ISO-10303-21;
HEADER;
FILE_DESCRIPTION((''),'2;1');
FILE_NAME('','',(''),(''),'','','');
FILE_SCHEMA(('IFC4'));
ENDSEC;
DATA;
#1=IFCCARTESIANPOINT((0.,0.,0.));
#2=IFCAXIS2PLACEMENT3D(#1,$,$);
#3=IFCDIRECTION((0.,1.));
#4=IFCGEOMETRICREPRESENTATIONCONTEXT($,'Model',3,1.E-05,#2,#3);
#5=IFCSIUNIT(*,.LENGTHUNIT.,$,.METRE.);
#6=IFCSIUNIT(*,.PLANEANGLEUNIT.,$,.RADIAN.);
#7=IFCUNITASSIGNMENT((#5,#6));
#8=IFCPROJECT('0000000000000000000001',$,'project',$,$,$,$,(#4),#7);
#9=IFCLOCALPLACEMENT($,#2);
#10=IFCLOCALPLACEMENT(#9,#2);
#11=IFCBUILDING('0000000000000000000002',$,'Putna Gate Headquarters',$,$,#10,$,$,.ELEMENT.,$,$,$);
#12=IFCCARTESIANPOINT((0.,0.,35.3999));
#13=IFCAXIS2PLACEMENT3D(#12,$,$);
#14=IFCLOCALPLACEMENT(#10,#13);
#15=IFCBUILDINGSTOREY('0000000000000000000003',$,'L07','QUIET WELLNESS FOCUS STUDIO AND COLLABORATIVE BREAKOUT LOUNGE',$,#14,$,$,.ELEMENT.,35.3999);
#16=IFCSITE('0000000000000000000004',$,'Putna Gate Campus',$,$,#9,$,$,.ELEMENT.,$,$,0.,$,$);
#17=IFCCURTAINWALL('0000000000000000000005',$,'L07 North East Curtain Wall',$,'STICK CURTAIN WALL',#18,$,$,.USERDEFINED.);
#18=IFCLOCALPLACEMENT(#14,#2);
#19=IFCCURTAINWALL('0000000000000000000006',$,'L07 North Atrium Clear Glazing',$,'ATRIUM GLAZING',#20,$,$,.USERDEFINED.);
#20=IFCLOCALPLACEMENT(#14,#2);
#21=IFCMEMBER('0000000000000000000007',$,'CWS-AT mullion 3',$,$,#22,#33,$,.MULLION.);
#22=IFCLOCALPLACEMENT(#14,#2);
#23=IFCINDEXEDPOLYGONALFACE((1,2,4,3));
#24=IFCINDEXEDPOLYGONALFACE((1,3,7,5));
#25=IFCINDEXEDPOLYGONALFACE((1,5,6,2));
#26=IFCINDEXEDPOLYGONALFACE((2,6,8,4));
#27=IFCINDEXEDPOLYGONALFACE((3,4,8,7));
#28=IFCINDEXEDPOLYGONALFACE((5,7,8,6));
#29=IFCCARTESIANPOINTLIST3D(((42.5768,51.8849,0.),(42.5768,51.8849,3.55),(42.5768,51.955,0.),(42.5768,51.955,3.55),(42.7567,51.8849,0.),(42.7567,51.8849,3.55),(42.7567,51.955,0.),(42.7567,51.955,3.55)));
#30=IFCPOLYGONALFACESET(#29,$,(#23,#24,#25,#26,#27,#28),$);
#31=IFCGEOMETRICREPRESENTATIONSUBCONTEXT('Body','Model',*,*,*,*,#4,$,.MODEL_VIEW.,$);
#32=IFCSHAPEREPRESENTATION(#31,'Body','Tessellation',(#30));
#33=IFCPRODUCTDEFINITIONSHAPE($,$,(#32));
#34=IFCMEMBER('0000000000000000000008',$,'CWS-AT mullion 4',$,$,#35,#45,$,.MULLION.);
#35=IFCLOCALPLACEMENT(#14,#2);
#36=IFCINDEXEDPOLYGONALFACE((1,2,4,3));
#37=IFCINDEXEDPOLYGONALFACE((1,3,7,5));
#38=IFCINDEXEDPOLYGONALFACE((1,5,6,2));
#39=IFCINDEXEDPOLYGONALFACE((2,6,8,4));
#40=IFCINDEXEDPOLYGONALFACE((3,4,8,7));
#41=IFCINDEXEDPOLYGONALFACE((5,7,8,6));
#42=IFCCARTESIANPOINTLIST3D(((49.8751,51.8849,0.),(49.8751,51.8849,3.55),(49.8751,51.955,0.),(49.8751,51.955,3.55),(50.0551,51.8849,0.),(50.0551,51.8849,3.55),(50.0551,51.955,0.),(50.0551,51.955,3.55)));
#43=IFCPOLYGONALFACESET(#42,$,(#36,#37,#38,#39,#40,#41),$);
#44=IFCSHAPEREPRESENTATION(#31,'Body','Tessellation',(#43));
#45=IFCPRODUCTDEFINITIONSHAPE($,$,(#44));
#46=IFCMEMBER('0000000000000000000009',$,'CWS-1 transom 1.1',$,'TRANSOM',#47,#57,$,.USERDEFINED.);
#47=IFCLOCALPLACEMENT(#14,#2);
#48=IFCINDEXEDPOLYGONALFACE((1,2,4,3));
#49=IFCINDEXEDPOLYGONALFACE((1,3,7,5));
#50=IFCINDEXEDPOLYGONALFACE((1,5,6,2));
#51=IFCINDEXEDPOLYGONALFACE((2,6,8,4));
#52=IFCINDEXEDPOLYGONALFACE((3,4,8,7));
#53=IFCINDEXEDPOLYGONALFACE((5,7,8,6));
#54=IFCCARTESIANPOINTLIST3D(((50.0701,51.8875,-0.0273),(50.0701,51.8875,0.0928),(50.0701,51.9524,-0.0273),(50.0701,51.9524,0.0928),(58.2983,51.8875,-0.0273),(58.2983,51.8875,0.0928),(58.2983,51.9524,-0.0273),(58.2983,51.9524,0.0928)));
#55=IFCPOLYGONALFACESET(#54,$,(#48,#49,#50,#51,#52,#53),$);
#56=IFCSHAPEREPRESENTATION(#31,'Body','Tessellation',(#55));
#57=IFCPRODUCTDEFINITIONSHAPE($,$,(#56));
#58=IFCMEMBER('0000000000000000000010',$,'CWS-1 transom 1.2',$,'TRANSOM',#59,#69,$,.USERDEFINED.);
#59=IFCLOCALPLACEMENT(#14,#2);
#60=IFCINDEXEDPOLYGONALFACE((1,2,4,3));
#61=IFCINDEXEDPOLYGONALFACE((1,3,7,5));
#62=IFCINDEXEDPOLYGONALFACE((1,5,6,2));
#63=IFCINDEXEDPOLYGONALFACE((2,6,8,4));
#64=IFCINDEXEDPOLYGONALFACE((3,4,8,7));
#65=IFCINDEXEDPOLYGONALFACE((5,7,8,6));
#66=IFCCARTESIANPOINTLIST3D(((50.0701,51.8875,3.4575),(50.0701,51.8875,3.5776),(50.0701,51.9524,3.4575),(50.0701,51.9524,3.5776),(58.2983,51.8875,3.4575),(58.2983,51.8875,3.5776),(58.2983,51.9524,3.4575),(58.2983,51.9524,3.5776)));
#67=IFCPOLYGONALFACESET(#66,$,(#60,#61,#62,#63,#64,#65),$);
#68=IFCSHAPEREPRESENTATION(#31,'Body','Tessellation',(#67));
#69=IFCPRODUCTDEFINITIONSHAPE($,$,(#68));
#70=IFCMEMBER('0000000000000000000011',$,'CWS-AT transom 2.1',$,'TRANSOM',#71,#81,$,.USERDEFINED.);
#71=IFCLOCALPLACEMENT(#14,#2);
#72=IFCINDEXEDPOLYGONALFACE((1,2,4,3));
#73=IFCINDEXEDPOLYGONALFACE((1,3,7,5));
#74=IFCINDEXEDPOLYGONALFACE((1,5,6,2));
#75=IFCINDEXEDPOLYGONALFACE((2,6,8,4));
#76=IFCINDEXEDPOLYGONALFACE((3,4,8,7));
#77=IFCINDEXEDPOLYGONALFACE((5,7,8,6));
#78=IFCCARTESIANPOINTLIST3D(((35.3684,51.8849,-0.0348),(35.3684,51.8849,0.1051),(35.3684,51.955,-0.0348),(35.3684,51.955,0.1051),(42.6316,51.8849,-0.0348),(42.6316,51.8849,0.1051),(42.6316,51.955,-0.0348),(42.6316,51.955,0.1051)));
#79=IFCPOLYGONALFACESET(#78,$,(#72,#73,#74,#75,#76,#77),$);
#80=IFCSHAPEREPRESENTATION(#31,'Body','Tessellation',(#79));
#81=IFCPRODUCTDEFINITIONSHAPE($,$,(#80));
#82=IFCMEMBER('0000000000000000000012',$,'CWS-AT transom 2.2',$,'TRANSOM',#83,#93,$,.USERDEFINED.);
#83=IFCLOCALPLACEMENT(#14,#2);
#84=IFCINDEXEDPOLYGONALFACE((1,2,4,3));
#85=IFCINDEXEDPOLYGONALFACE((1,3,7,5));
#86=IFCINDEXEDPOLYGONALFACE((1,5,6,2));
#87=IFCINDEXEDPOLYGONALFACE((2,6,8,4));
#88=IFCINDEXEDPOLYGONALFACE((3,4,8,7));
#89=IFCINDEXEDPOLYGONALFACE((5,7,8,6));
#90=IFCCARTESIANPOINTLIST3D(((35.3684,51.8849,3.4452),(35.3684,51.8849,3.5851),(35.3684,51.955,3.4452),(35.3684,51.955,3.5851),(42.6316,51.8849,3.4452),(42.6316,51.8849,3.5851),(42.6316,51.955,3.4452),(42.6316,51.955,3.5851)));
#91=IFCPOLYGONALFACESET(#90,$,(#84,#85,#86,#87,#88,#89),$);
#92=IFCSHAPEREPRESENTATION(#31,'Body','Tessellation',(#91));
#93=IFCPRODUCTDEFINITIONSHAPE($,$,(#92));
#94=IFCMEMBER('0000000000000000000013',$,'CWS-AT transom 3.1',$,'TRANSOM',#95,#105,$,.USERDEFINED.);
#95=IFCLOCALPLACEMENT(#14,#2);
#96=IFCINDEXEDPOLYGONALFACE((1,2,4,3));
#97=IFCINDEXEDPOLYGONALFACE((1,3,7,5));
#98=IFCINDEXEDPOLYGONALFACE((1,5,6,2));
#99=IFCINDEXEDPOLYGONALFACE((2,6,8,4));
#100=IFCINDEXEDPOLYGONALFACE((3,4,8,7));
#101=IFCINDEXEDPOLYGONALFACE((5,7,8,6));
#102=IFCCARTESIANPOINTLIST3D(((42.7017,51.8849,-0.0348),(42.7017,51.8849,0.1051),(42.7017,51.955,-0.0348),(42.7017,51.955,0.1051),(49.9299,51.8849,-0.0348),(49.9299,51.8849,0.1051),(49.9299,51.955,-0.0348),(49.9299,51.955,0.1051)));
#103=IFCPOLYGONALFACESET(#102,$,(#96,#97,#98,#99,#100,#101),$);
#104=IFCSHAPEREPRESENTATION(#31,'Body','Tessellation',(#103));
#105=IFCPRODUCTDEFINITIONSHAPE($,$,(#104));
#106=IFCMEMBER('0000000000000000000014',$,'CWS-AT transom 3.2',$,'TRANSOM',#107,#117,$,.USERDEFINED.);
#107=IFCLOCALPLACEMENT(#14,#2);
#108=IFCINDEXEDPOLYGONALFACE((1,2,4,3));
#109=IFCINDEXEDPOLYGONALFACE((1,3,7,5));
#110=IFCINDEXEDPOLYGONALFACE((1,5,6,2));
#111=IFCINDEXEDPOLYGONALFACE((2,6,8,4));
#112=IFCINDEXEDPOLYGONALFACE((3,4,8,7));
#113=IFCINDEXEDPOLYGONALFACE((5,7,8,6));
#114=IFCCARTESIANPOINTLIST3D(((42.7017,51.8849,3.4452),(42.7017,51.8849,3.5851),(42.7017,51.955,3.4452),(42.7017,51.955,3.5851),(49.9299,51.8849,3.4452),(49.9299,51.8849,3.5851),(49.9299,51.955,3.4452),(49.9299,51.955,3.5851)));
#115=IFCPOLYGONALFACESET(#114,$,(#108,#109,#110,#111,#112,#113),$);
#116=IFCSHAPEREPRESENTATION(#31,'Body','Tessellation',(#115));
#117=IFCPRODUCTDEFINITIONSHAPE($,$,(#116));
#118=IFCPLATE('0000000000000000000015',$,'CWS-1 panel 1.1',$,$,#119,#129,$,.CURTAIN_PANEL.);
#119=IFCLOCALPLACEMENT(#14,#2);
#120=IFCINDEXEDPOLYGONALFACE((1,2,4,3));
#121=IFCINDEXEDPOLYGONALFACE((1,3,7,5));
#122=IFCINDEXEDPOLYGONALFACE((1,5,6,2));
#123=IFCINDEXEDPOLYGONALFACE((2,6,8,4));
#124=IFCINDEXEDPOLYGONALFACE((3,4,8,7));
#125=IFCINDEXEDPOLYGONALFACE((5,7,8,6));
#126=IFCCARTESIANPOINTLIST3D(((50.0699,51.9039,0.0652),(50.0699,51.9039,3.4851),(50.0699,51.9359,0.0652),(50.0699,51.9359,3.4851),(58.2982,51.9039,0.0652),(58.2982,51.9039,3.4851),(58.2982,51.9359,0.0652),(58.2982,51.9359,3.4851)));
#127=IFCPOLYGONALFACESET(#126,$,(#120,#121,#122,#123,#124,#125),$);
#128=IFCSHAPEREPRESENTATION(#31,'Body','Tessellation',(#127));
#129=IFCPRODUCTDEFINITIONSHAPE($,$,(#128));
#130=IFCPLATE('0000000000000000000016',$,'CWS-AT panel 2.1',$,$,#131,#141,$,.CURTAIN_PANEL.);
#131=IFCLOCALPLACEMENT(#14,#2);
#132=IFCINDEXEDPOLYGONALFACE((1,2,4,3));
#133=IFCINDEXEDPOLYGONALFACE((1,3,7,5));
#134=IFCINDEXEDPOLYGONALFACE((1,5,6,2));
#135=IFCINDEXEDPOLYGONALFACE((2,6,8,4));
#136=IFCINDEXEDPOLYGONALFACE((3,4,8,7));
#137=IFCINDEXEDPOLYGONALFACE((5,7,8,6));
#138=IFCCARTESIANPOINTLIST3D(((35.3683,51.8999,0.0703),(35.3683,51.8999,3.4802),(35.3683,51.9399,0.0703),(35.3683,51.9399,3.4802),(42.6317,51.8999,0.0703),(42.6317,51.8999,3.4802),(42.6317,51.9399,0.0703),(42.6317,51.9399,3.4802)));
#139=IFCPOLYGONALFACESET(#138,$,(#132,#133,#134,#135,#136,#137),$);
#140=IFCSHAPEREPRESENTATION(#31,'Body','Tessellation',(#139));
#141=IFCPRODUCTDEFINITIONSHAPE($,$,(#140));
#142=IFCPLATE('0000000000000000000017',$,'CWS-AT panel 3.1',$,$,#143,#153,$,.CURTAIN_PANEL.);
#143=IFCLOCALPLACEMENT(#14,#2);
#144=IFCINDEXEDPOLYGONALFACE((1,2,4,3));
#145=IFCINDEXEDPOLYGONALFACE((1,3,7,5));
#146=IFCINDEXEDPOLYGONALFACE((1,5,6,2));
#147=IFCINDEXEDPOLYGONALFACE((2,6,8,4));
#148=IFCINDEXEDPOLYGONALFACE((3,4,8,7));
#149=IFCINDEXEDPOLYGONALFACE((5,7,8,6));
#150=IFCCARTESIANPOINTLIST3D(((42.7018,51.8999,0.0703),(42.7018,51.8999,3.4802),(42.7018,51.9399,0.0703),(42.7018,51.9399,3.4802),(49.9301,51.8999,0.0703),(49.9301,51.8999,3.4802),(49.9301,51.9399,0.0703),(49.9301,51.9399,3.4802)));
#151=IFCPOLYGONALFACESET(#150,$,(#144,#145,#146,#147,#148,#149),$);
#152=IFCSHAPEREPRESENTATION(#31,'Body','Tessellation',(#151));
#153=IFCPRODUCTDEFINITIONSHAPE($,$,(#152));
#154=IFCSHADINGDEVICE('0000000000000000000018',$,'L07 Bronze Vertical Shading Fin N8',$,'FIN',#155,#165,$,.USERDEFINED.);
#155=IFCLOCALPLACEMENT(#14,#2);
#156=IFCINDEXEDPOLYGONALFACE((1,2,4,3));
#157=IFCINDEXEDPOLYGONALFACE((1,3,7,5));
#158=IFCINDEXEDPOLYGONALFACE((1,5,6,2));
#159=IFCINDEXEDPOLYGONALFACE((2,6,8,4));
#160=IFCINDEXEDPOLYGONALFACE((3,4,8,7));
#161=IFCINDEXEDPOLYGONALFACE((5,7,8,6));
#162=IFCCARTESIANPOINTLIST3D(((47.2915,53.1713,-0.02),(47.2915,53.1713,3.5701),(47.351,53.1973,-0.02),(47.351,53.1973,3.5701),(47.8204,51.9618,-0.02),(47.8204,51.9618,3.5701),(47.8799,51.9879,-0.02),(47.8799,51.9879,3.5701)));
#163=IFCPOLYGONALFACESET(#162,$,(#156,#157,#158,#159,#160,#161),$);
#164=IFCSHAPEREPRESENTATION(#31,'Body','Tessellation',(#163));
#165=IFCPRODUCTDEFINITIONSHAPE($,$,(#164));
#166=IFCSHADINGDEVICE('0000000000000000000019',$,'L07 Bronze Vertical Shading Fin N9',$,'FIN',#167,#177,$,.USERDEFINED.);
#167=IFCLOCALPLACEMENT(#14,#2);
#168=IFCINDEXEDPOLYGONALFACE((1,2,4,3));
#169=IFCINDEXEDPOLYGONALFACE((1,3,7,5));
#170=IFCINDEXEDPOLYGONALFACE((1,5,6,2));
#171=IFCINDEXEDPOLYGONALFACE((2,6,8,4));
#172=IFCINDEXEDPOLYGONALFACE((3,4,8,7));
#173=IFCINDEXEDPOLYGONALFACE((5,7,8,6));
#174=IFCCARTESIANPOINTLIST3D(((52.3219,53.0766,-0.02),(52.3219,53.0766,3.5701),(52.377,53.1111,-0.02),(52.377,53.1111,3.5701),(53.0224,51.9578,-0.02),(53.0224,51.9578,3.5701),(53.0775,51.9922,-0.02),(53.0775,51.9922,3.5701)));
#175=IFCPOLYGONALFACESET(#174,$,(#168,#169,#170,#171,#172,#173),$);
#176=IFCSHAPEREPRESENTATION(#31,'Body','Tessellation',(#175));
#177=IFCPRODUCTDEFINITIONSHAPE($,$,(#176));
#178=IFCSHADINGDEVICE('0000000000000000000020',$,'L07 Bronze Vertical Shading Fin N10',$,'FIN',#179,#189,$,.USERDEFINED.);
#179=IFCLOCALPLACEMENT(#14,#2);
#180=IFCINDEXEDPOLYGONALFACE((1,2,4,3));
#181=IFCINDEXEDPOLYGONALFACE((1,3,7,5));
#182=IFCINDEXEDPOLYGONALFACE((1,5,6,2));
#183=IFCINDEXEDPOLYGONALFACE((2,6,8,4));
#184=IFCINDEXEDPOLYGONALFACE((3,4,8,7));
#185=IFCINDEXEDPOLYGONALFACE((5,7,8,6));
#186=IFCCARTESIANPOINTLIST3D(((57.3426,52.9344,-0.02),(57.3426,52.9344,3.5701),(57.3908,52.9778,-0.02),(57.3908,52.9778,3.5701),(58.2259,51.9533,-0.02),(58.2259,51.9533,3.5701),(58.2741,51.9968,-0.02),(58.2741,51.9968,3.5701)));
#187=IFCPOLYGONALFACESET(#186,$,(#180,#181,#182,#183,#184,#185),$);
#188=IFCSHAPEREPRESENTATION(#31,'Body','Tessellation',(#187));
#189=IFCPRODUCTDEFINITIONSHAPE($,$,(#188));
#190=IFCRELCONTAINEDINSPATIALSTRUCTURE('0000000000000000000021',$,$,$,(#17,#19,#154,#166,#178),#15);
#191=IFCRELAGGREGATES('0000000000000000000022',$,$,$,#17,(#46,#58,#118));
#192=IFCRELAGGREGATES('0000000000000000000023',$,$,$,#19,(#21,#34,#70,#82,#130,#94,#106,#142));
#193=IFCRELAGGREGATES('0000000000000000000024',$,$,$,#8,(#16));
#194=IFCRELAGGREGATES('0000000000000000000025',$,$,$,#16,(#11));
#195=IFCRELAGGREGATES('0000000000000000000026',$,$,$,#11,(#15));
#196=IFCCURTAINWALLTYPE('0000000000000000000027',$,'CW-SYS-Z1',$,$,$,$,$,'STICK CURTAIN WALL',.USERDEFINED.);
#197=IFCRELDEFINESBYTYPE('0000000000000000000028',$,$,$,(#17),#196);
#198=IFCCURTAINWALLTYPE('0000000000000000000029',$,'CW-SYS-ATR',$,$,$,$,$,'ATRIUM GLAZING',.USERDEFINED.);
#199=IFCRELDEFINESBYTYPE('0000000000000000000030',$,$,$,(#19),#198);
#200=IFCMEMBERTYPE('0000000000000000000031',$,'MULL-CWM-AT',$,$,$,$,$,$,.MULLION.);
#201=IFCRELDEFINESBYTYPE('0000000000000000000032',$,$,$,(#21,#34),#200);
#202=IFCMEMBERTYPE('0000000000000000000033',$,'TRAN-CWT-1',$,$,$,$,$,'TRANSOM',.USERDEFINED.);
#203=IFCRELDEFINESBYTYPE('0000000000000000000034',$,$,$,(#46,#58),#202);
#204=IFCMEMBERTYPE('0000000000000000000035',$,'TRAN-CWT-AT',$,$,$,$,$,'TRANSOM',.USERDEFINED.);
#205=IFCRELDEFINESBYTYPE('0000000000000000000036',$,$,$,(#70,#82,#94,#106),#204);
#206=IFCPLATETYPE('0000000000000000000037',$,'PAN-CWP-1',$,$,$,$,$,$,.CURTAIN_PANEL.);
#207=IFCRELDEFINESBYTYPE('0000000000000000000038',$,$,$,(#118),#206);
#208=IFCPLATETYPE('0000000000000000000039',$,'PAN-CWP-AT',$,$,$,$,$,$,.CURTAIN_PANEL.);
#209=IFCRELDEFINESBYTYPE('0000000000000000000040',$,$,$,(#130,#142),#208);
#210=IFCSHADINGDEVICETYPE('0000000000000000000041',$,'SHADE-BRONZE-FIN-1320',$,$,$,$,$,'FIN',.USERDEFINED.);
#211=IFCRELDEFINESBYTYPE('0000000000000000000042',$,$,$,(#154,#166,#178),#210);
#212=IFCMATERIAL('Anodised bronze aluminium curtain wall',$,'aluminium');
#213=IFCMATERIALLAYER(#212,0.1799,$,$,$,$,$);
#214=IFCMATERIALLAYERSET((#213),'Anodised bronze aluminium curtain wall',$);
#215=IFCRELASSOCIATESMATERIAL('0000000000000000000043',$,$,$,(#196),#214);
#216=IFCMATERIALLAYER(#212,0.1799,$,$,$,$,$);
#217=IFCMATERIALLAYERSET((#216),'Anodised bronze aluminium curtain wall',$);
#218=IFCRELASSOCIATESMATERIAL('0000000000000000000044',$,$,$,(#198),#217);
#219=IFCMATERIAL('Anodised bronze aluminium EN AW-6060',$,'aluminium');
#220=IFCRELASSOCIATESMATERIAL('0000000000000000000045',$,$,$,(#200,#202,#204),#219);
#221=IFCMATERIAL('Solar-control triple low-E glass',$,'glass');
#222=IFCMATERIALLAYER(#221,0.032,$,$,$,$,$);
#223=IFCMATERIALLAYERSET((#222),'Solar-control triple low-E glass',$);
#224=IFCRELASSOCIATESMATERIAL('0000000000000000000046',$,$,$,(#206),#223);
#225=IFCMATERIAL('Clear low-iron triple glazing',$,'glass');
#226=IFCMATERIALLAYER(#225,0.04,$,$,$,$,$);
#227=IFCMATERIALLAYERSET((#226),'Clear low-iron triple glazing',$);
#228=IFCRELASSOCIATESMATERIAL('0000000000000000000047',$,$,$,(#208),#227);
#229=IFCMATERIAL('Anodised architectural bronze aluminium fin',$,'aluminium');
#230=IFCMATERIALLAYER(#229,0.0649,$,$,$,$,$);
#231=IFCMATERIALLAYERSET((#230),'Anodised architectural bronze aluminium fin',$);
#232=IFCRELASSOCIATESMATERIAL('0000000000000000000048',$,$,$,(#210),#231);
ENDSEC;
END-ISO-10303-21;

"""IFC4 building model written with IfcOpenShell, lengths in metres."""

from ifc_helpers import new_model, si_unit, direction, frame, origin, origin_2d, place, context, subcontext, project, spatial, rectangle, extrude, material, layer, layer_set, material_profile, profile_set, type_object, element, aggregate, save


model = new_model("IFC4")

# Units and contexts
model_context = context("Model", 3, precision=1e-05, world=origin(), true_north=direction((0.0, 1.0)))
body_context = subcontext(model_context, "Body", "Model", "MODEL_VIEW")
ifc_project = project(units=[si_unit("LENGTHUNIT", "METRE"), si_unit("PLANEANGLEUNIT", "RADIAN")], contexts=[model_context])

# Site, building, storey
site_placement = place(None, origin())
site = spatial("IfcSite", under=ifc_project, at=site_placement, Name="Putna Gate Campus", CompositionType="ELEMENT", RefElevation=0.0)
building_placement = place(site_placement, origin())
building = spatial("IfcBuilding", under=site, at=building_placement, Name="Putna Gate Headquarters", CompositionType="ELEMENT")
storey_placement = place(building_placement, frame((0.0, 0.0, 35.3999)))
storey = spatial("IfcBuildingStorey", under=building, at=storey_placement, Name="L07", Description="QUIET WELLNESS FOCUS STUDIO AND COLLABORATIVE BREAKOUT LOUNGE", CompositionType="ELEMENT", Elevation=35.3999)

# Curtain wall
ifc_material_1 = material(Name="Anodised bronze aluminium curtain wall", Category="aluminium")
ifc_layer_1 = layer(ifc_material_1, 0.1799)
ifc_layer_set_1 = layer_set([ifc_layer_1], Name="Anodised bronze aluminium curtain wall")
curtain_wall_type_1 = type_object("IfcCurtainWallType", Name="CW-SYS-Z1", ElementType="STICK CURTAIN WALL", PredefinedType="USERDEFINED", material=ifc_layer_set_1)
curtain_wall_1_placement = place(storey_placement, origin())
curtain_wall_1 = element("IfcCurtainWall", 1, at=curtain_wall_1_placement, inside=storey, type_object=curtain_wall_type_1, Name="L07 North East Curtain Wall", ObjectType="STICK CURTAIN WALL", PredefinedType="USERDEFINED")
ifc_material_2 = material(Name="Anodised bronze aluminium EN AW-6060", Category="aluminium")

# Curtain wall, members
ifc_layer_2 = layer(ifc_material_1, 0.1799)
ifc_layer_set_2 = layer_set([ifc_layer_2], Name="Anodised bronze aluminium curtain wall")
curtain_wall_type_2 = type_object("IfcCurtainWallType", Name="CW-SYS-ATR", ElementType="ATRIUM GLAZING", PredefinedType="USERDEFINED", material=ifc_layer_set_2)
curtain_wall_2_placement = place(storey_placement, origin())
curtain_wall_2 = element("IfcCurtainWall", 2, at=curtain_wall_2_placement, inside=storey, type_object=curtain_wall_type_2, Name="L07 North Atrium Clear Glazing", ObjectType="ATRIUM GLAZING", PredefinedType="USERDEFINED")
ifc_material_profile_1 = material_profile(ifc_material_2, rectangle(XDim=0.0701, YDim=0.1799, at=origin_2d()), Name="Anodised bronze aluminium EN AW-6060")
ifc_profile_set_1 = profile_set([ifc_material_profile_1], Name="Anodised bronze aluminium EN AW-6060")
member_type_1 = type_object("IfcMemberType", Name="MULL-CWM-AT", PredefinedType="MULLION", material=ifc_profile_set_1)
member_1_placement = place(storey_placement, frame((42.6667, 51.9199, 0.0), z_axis=(0.0, 0.0, 1.0), x_axis=(0.0, 1.0, 0.0)))
member_1 = element("IfcMember", 3, at=member_1_placement, type_object=member_type_1, Name="CWS-AT mullion 3", PredefinedType="MULLION", context=body_context, shape_type="SweptSolid", body=[
    extrude(rectangle(XDim=0.0701, YDim=0.1799, at=origin_2d()), origin(), (0.0, 0.0, 1.0), 3.55),
])
member_2_placement = place(storey_placement, frame((49.9651, 51.9199, 0.0), z_axis=(0.0, 0.0, 1.0), x_axis=(0.0, 1.0, 0.0)))
member_2 = element("IfcMember", 4, at=member_2_placement, type_object=member_type_1, Name="CWS-AT mullion 4", PredefinedType="MULLION", context=body_context, shape_type="SweptSolid", body=[
    extrude(rectangle(XDim=0.0701, YDim=0.1799, at=origin_2d()), origin(), (0.0, 0.0, 1.0), 3.55),
])

# Members
ifc_material_profile_2 = material_profile(ifc_material_2, rectangle(XDim=0.0649, YDim=0.1201, at=origin_2d()), Name="Anodised bronze aluminium EN AW-6060")
ifc_profile_set_2 = profile_set([ifc_material_profile_2], Name="Anodised bronze aluminium EN AW-6060")
member_type_2 = type_object("IfcMemberType", Name="TRAN-CWT-1", ElementType="TRANSOM", PredefinedType="USERDEFINED", material=ifc_profile_set_2)
member_3_placement = place(storey_placement, frame((50.0701, 51.9199, 0.0327), z_axis=(1.0, 0.0, 0.0), x_axis=(0.0, 1.0, 0.0)))
member_3 = element("IfcMember", 5, at=member_3_placement, type_object=member_type_2, Name="CWS-1 transom 1.1", ObjectType="TRANSOM", PredefinedType="USERDEFINED", context=body_context, shape_type="SweptSolid", body=[
    extrude(rectangle(XDim=0.0649, YDim=0.1201, at=origin_2d()), origin(), (0.0, 0.0, 1.0), 8.2283),
])
member_4_placement = place(storey_placement, frame((50.0701, 51.9199, 3.5176), z_axis=(1.0, 0.0, 0.0), x_axis=(0.0, 1.0, 0.0)))
member_4 = element("IfcMember", 6, at=member_4_placement, type_object=member_type_2, Name="CWS-1 transom 1.2", ObjectType="TRANSOM", PredefinedType="USERDEFINED", context=body_context, shape_type="SweptSolid", body=[
    extrude(rectangle(XDim=0.0649, YDim=0.1201, at=origin_2d()), origin(), (0.0, 0.0, 1.0), 8.2283),
])
ifc_material_profile_3 = material_profile(ifc_material_2, rectangle(XDim=0.0701, YDim=0.1399, at=origin_2d()), Name="Anodised bronze aluminium EN AW-6060")
ifc_profile_set_3 = profile_set([ifc_material_profile_3], Name="Anodised bronze aluminium EN AW-6060")
member_type_3 = type_object("IfcMemberType", Name="TRAN-CWT-AT", ElementType="TRANSOM", PredefinedType="USERDEFINED", material=ifc_profile_set_3)
member_5_placement = place(storey_placement, frame((35.3684, 51.9199, 0.0352), z_axis=(1.0, 0.0, 0.0), x_axis=(0.0, 1.0, 0.0)))
member_5 = element("IfcMember", 7, at=member_5_placement, type_object=member_type_3, Name="CWS-AT transom 2.1", ObjectType="TRANSOM", PredefinedType="USERDEFINED", context=body_context, shape_type="SweptSolid", body=[
    extrude(rectangle(XDim=0.0701, YDim=0.1399, at=origin_2d()), origin(), (0.0, 0.0, 1.0), 7.2632),
])
member_6_placement = place(storey_placement, frame((35.3684, 51.9199, 3.5151), z_axis=(1.0, 0.0, 0.0), x_axis=(0.0, 1.0, 0.0)))
member_6 = element("IfcMember", 8, at=member_6_placement, type_object=member_type_3, Name="CWS-AT transom 2.2", ObjectType="TRANSOM", PredefinedType="USERDEFINED", context=body_context, shape_type="SweptSolid", body=[
    extrude(rectangle(XDim=0.0701, YDim=0.1399, at=origin_2d()), origin(), (0.0, 0.0, 1.0), 7.2632),
])
member_7_placement = place(storey_placement, frame((42.7017, 51.9199, 0.0352), z_axis=(1.0, 0.0, 0.0), x_axis=(0.0, 1.0, 0.0)))
member_7 = element("IfcMember", 9, at=member_7_placement, type_object=member_type_3, Name="CWS-AT transom 3.1", ObjectType="TRANSOM", PredefinedType="USERDEFINED", context=body_context, shape_type="SweptSolid", body=[
    extrude(rectangle(XDim=0.0701, YDim=0.1399, at=origin_2d()), origin(), (0.0, 0.0, 1.0), 7.2283),
])
member_8_placement = place(storey_placement, frame((42.7017, 51.9199, 3.5151), z_axis=(1.0, 0.0, 0.0), x_axis=(0.0, 1.0, 0.0)))
member_8 = element("IfcMember", 10, at=member_8_placement, type_object=member_type_3, Name="CWS-AT transom 3.2", ObjectType="TRANSOM", PredefinedType="USERDEFINED", context=body_context, shape_type="SweptSolid", body=[
    extrude(rectangle(XDim=0.0701, YDim=0.1399, at=origin_2d()), origin(), (0.0, 0.0, 1.0), 7.2283),
])

# Plates
ifc_material_3 = material(Name="Solar-control triple low-E glass", Category="glass")
ifc_layer_3 = layer(ifc_material_3, 0.032)
ifc_layer_set_3 = layer_set([ifc_layer_3], Name="Solar-control triple low-E glass")
plate_type_1 = type_object("IfcPlateType", Name="PAN-CWP-1", PredefinedType="CURTAIN_PANEL", material=ifc_layer_set_3)
plate_1_placement = place(storey_placement, frame((54.1841, 51.9199, 0.0652), z_axis=(0.0, 0.0, 1.0), x_axis=(1.0, 0.0, 0.0)))
plate_1 = element("IfcPlate", 11, at=plate_1_placement, type_object=plate_type_1, Name="CWS-1 panel 1.1", PredefinedType="CURTAIN_PANEL", context=body_context, shape_type="SweptSolid", body=[
    extrude(rectangle(XDim=8.2283, YDim=0.032, at=origin_2d()), origin(), (0.0, 0.0, 1.0), 3.4199),
])
aggregate(curtain_wall_1, [member_3, member_4, plate_1])
ifc_material_4 = material(Name="Clear low-iron triple glazing", Category="glass")
ifc_layer_4 = layer(ifc_material_4, 0.04)
ifc_layer_set_4 = layer_set([ifc_layer_4], Name="Clear low-iron triple glazing")
plate_type_2 = type_object("IfcPlateType", Name="PAN-CWP-AT", PredefinedType="CURTAIN_PANEL", material=ifc_layer_set_4)
plate_2_placement = place(storey_placement, frame((39.0, 51.9199, 0.0703), z_axis=(0.0, 0.0, 1.0), x_axis=(1.0, 0.0, 0.0)))
plate_2 = element("IfcPlate", 12, at=plate_2_placement, type_object=plate_type_2, Name="CWS-AT panel 2.1", PredefinedType="CURTAIN_PANEL", context=body_context, shape_type="SweptSolid", body=[
    extrude(rectangle(XDim=7.2634, YDim=0.04, at=origin_2d()), origin(), (0.0, 0.0, 1.0), 3.4099),
])
plate_3_placement = place(storey_placement, frame((46.3159, 51.9199, 0.0703), z_axis=(0.0, 0.0, 1.0), x_axis=(1.0, 0.0, 0.0)))
plate_3 = element("IfcPlate", 13, at=plate_3_placement, type_object=plate_type_2, Name="CWS-AT panel 3.1", PredefinedType="CURTAIN_PANEL", context=body_context, shape_type="SweptSolid", body=[
    extrude(rectangle(XDim=7.2283, YDim=0.04, at=origin_2d()), origin(), (0.0, 0.0, 1.0), 3.4099),
])
aggregate(curtain_wall_2, [member_1, member_2, member_5, member_6, plate_2, member_7, member_8, plate_3])

# Shading devices
ifc_material_5 = material(Name="Anodised architectural bronze aluminium fin", Category="aluminium")
ifc_layer_5 = layer(ifc_material_5, 0.0649)
ifc_layer_set_5 = layer_set([ifc_layer_5], Name="Anodised architectural bronze aluminium fin")
shading_device_type = type_object("IfcShadingDeviceType", Name="SHADE-BRONZE-FIN-1320", ElementType="FIN", PredefinedType="USERDEFINED", material=ifc_layer_set_5)
for number, where, z_axis, x_axis, name in (
    (14, (47.5857, 52.5796, -0.02), (0.0, 0.0, 1.0), (-0.400669, 0.916223, 0.0), "L07 Bronze Vertical Shading Fin N8"),
    (15, (52.6997, 52.5344, -0.02), (0.0, 0.0, 1.0), (-0.530659, 0.847585, 0.0), "L07 Bronze Vertical Shading Fin N9"),
    (16, (57.8083, 52.4656, -0.02), (0.0, 0.0, 1.0), (-0.669131, 0.743145, 0.0), "L07 Bronze Vertical Shading Fin N10"),
):
    element("IfcShadingDevice", number, at=place(storey_placement, frame(where, z_axis=z_axis, x_axis=x_axis)), inside=storey, type_object=shading_device_type, Name=name, ObjectType="FIN", PredefinedType="USERDEFINED", context=body_context, shape_type="SweptSolid", body=[
        extrude(rectangle(XDim=1.3201, YDim=0.0649, at=origin_2d()), origin(), (0.0, 0.0, 1.0), 3.5901),
    ])

save(model, "model.ifc")
